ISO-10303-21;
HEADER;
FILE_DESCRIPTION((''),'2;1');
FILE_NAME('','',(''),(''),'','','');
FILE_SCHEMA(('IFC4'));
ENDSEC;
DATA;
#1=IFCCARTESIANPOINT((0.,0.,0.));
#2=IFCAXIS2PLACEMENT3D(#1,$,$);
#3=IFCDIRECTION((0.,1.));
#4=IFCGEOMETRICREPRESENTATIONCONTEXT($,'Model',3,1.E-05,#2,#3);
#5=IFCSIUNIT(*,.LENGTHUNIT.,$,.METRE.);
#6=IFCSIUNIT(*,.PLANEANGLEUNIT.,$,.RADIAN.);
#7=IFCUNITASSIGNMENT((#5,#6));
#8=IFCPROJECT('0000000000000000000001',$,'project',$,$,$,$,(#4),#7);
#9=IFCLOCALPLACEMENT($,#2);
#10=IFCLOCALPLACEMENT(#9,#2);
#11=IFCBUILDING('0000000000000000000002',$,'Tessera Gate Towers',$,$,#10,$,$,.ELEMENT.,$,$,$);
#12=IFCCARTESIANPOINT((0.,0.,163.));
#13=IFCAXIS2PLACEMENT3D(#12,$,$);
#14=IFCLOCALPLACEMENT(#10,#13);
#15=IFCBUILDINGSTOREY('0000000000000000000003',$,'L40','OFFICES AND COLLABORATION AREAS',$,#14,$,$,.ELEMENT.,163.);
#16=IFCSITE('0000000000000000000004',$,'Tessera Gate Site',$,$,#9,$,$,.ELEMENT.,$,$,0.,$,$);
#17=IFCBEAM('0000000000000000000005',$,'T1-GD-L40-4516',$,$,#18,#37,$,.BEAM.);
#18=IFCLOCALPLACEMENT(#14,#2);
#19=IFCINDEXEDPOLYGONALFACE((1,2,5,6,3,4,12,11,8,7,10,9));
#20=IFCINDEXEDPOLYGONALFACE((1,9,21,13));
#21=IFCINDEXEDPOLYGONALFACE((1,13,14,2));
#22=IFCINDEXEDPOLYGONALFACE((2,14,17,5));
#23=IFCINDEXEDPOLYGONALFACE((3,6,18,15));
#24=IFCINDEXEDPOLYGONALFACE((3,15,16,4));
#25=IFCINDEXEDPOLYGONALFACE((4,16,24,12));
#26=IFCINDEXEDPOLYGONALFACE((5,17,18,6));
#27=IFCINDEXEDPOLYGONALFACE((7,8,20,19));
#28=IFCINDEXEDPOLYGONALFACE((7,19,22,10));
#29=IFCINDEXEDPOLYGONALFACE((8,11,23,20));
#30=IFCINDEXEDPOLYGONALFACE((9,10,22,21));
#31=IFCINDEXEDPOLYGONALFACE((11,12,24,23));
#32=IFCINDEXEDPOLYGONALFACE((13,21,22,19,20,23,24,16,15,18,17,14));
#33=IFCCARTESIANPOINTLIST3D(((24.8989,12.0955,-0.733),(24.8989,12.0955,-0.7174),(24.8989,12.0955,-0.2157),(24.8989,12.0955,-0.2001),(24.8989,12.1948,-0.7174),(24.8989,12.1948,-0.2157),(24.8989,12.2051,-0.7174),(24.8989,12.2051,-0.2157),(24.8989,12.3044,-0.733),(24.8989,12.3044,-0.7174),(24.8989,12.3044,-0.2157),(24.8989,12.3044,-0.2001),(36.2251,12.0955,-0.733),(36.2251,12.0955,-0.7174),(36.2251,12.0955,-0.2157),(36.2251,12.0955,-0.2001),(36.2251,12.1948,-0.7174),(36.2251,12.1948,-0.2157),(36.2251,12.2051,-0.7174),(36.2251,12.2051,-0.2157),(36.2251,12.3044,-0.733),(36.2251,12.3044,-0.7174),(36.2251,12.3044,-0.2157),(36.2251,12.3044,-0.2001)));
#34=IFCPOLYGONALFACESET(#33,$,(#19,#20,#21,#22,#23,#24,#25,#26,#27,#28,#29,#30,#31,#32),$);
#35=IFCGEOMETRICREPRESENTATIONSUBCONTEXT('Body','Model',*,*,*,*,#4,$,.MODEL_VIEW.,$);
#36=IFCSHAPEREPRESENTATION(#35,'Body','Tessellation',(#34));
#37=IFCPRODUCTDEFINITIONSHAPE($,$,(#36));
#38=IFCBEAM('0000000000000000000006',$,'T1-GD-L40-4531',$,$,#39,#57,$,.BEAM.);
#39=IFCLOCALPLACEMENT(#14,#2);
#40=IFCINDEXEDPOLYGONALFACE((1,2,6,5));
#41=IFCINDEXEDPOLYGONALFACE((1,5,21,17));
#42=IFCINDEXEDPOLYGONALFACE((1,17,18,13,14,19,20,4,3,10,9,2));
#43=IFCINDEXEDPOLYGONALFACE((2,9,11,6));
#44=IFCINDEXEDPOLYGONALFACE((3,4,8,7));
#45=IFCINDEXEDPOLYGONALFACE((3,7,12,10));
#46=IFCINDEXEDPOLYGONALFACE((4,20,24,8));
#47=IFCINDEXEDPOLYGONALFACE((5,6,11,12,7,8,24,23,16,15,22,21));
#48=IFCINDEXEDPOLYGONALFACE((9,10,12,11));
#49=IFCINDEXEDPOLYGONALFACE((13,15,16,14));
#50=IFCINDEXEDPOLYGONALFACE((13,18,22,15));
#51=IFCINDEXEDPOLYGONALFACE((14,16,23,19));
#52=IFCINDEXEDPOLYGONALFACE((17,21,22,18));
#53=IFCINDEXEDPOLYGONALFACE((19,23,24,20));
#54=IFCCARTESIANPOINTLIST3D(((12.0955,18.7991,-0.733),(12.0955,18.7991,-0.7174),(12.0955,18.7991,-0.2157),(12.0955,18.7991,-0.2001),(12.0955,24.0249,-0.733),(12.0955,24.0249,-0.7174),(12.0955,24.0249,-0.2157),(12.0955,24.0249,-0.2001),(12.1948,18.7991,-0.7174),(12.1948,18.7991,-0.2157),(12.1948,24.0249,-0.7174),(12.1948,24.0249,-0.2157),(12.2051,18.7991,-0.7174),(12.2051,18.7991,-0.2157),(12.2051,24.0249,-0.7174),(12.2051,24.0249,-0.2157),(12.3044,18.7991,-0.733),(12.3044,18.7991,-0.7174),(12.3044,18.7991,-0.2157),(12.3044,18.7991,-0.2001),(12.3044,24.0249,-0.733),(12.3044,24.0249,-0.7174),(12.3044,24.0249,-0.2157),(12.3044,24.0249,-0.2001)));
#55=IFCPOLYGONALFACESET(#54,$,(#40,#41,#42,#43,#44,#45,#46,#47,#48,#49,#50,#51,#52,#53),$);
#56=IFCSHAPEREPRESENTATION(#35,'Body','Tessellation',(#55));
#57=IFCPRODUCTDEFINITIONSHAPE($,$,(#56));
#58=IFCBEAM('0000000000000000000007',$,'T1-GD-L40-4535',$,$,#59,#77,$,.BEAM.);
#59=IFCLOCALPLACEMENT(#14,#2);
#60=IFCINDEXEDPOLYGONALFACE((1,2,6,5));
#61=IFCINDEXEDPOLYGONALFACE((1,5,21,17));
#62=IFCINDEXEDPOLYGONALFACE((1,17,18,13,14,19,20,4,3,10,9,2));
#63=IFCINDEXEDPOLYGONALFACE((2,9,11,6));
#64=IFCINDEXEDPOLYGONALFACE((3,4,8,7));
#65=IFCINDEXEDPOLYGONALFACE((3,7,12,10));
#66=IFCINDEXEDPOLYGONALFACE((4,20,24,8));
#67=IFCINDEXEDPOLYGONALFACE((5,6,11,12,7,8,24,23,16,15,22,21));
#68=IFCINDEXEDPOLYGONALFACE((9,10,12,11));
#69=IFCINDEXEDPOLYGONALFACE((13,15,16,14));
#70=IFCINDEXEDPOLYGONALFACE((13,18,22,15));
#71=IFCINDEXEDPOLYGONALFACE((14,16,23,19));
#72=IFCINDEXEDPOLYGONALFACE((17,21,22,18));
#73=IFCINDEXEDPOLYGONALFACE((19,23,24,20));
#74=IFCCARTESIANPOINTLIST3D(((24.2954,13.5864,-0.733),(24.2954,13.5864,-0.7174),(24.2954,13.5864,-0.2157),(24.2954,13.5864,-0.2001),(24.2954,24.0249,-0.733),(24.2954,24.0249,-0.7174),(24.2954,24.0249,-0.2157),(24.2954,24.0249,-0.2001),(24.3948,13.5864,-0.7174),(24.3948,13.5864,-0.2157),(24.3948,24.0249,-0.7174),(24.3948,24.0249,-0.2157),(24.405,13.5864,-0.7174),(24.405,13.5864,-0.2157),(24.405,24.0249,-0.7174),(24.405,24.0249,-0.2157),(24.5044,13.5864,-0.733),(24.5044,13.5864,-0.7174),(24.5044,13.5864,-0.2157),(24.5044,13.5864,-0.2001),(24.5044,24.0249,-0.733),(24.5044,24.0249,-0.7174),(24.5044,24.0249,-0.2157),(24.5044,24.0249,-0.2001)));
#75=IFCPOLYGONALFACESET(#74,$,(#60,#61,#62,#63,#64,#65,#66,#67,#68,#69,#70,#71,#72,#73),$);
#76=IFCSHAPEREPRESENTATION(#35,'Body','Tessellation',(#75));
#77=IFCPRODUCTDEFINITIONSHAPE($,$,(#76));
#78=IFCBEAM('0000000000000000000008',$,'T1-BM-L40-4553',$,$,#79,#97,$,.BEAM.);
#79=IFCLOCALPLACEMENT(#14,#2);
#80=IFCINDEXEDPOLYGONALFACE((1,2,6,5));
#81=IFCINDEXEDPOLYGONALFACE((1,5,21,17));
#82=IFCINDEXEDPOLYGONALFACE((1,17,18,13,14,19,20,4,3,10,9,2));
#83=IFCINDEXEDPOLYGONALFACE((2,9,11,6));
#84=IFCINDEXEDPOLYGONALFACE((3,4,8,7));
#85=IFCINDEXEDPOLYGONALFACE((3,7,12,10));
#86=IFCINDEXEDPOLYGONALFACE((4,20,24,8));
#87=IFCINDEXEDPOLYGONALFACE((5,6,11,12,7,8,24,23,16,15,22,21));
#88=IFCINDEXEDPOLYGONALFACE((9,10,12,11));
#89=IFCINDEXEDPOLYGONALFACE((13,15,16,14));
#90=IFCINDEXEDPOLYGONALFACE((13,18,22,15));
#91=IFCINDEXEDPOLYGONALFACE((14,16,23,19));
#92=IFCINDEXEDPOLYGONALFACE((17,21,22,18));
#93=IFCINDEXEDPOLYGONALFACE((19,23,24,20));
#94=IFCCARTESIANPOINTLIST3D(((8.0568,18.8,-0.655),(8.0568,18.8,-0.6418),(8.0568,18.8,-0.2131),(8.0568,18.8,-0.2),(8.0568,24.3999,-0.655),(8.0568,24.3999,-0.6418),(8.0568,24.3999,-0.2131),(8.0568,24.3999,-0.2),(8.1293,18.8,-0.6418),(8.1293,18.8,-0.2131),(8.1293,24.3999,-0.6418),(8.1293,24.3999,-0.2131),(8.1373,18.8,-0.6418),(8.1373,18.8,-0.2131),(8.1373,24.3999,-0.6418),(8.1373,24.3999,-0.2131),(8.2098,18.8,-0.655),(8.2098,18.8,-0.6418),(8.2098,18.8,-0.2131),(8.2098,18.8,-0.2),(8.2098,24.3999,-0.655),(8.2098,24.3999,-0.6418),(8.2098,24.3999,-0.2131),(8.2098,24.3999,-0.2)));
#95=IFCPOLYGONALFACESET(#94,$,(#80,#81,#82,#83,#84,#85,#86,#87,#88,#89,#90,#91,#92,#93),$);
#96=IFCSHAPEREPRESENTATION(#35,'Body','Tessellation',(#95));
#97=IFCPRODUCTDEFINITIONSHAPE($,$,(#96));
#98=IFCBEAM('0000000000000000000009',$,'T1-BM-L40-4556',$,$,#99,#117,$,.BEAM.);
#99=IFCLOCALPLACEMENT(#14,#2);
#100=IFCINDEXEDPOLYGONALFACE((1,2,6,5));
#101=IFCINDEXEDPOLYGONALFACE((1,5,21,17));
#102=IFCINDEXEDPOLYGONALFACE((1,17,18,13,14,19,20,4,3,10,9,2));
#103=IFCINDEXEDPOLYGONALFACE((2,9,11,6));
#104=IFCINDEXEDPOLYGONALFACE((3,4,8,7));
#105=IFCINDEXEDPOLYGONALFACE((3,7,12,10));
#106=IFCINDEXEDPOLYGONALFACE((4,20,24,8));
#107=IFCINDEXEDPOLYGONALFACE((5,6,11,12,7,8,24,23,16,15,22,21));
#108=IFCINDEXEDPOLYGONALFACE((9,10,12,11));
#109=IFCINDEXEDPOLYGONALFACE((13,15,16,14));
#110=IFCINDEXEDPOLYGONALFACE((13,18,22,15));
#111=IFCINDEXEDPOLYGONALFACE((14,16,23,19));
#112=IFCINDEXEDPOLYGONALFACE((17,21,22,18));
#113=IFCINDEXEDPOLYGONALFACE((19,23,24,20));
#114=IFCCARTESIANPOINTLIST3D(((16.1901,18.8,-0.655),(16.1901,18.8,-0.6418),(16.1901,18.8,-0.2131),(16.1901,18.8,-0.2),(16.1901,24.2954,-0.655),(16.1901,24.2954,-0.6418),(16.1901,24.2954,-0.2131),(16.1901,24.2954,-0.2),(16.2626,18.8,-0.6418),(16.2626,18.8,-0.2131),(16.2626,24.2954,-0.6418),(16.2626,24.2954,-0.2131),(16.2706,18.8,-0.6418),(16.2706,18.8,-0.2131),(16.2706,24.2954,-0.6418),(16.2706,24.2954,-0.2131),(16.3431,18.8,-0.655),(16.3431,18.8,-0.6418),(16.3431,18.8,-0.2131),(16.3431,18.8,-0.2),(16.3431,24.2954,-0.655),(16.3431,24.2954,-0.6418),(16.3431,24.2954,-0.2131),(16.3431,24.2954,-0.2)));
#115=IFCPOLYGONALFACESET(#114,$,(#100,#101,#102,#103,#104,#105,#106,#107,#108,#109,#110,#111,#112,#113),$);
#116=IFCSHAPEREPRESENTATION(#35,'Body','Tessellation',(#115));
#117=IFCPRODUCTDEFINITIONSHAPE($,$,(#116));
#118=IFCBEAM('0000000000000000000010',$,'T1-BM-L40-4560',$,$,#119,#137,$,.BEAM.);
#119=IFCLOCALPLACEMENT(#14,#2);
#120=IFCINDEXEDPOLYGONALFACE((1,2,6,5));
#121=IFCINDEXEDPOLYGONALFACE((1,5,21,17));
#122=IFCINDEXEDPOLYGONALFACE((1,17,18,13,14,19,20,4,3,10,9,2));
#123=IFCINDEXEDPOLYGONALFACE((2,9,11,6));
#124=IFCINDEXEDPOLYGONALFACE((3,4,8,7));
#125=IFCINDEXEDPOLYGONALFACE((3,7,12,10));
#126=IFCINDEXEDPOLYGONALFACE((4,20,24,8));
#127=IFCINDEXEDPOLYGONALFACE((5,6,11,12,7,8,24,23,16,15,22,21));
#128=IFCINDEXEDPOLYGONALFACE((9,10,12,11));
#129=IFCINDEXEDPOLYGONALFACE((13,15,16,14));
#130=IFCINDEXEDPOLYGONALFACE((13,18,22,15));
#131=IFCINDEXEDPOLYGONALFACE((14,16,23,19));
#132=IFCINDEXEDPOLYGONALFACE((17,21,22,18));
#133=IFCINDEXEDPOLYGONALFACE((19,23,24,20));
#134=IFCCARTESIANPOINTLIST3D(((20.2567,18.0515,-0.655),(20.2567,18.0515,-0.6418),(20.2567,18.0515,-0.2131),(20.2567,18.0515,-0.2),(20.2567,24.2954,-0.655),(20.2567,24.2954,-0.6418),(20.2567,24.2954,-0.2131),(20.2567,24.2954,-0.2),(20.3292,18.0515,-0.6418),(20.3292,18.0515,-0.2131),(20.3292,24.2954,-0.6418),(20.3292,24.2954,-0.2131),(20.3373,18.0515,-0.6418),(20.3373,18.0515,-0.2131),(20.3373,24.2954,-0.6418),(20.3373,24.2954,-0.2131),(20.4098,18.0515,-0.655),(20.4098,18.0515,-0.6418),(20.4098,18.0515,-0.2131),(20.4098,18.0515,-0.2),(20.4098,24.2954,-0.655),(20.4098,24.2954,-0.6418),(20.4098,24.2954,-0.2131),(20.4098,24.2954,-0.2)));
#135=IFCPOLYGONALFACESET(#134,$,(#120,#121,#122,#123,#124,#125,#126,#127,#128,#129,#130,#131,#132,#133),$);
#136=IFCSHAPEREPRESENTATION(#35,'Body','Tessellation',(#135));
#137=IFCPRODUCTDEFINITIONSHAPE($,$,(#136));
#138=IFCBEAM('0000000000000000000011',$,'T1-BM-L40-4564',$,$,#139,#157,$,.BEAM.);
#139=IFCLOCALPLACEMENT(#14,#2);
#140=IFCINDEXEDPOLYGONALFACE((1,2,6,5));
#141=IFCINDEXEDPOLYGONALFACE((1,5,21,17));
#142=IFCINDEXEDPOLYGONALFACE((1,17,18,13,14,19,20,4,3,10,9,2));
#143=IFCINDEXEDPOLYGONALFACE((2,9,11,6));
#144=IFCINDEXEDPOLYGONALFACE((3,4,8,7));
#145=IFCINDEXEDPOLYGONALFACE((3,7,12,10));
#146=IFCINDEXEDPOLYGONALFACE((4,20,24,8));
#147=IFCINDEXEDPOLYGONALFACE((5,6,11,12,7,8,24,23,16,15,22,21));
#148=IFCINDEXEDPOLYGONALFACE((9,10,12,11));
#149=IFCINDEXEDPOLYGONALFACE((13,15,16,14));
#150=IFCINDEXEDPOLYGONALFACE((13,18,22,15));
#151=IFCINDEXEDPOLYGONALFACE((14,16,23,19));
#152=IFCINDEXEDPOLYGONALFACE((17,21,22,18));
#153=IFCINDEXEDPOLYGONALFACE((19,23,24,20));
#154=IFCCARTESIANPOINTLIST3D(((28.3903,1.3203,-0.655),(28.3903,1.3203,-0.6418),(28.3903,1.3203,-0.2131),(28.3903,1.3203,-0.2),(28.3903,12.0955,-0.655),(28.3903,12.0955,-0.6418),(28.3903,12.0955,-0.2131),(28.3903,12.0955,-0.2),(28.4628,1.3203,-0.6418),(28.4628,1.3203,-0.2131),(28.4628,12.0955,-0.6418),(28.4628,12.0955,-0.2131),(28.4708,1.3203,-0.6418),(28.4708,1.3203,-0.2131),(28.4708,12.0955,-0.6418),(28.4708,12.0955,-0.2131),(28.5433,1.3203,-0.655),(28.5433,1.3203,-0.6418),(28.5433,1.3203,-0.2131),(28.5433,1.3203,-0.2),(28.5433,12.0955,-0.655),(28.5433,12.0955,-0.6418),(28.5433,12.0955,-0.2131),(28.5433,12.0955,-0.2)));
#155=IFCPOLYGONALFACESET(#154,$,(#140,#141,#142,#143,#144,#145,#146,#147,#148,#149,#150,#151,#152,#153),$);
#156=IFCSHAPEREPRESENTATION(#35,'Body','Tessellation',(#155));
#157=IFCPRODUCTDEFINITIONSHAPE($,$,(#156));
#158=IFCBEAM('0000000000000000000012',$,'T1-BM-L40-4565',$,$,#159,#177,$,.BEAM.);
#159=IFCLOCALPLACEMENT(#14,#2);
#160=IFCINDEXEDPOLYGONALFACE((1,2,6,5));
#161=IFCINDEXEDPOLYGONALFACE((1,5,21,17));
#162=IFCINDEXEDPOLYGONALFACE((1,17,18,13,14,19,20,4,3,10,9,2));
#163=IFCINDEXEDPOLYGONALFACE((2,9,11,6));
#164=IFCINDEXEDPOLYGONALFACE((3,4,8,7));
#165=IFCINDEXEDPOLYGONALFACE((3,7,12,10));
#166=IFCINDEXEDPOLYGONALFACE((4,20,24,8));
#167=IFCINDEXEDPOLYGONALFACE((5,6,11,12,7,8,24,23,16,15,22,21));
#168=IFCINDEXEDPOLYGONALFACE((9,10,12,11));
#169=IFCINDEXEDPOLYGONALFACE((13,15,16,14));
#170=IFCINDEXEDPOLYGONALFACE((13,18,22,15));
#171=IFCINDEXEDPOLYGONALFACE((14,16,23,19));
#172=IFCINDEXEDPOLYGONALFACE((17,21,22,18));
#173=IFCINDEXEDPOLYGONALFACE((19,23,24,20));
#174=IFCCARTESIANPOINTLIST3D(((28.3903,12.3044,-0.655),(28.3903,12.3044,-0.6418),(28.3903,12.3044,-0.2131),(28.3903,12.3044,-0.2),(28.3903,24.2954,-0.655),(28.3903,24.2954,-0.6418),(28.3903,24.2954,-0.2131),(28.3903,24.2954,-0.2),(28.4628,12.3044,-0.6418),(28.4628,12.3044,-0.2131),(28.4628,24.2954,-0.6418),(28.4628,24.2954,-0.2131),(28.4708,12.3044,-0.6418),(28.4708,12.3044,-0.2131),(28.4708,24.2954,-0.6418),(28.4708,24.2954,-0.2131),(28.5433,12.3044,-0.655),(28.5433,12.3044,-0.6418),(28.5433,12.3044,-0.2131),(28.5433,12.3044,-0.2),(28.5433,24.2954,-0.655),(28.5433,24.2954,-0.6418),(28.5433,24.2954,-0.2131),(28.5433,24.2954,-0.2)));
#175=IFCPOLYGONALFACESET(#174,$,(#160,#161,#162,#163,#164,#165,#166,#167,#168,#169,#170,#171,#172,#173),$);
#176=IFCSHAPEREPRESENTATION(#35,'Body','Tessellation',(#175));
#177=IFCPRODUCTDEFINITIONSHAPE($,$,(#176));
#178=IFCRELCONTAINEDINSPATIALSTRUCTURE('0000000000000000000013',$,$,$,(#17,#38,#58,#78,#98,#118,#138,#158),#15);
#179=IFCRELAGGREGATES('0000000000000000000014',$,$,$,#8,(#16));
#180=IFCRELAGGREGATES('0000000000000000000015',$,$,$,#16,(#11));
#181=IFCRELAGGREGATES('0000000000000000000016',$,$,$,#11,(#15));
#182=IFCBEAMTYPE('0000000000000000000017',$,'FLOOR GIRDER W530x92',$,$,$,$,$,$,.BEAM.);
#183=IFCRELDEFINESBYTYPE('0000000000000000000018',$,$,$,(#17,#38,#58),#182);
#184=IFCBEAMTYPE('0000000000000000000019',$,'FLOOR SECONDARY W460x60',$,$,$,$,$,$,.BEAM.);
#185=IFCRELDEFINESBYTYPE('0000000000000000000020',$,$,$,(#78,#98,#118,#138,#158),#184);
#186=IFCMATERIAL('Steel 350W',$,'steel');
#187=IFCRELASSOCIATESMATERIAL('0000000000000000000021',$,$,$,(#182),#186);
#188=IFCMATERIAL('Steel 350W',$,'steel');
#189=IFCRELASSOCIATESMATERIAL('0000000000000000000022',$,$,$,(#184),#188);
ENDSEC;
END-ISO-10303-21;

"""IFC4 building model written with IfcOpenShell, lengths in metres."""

from ifc_helpers import new_model, si_unit, direction, frame, origin, origin_2d, place, context, subcontext, project, spatial, i_section, extrude, material, material_profile, profile_set, type_object, element, save


model = new_model("IFC4")

# Units and contexts
model_context = context("Model", 3, precision=1e-05, world=origin(), true_north=direction((0.0, 1.0)))
body_context = subcontext(model_context, "Body", "Model", "MODEL_VIEW")
ifc_project = project(units=[si_unit("LENGTHUNIT", "METRE"), si_unit("PLANEANGLEUNIT", "RADIAN")], contexts=[model_context])

# Site, building, storey
site_placement = place(None, origin())
site = spatial("IfcSite", under=ifc_project, at=site_placement, Name="Tessera Gate Site", CompositionType="ELEMENT", RefElevation=0.0)
building_placement = place(site_placement, origin())
building = spatial("IfcBuilding", under=site, at=building_placement, Name="Tessera Gate Towers", CompositionType="ELEMENT")
storey_placement = place(building_placement, frame((0.0, 0.0, 163.0)))
storey = spatial("IfcBuildingStorey", under=building, at=storey_placement, Name="L40", Description="OFFICES AND COLLABORATION AREAS", CompositionType="ELEMENT", Elevation=163.0)

# Beams
ifc_material_1 = material(Name="Steel 350W", Category="steel")
ifc_material_profile_1 = material_profile(ifc_material_1, i_section(OverallWidth=0.209, OverallDepth=0.533, WebThickness=0.0103, FlangeThickness=0.0156, at=origin_2d()), Name="W530x92")
ifc_profile_set_1 = profile_set([ifc_material_profile_1], Name="Steel 350W")
beam_type_1 = type_object("IfcBeamType", Name="FLOOR GIRDER W530x92", PredefinedType="BEAM", material=ifc_profile_set_1)
beam_1_placement = place(storey_placement, frame((24.8989, 12.2, -0.4666), z_axis=(1.0, 0.0, 0.0), x_axis=(0.0, 1.0, 0.0)))
element("IfcBeam", 1, at=beam_1_placement, inside=storey, type_object=beam_type_1, Name="T1-GD-L40-4516", PredefinedType="BEAM", context=body_context, shape_type="SweptSolid", body=[
    extrude(i_section(OverallWidth=0.209, OverallDepth=0.533, WebThickness=0.0103, FlangeThickness=0.0156, at=origin_2d()), origin(), (0.0, 0.0, 1.0), 11.3262),
])
beam_2_placement = place(storey_placement, frame((12.2, 18.7991, -0.4666), z_axis=(0.0, 1.0, 0.0), x_axis=(-1.0, 0.0, 0.0)))
element("IfcBeam", 2, at=beam_2_placement, inside=storey, type_object=beam_type_1, Name="T1-GD-L40-4531", PredefinedType="BEAM", context=body_context, shape_type="SweptSolid", body=[
    extrude(i_section(OverallWidth=0.209, OverallDepth=0.533, WebThickness=0.0103, FlangeThickness=0.0156, at=origin_2d()), origin(), (0.0, 0.0, 1.0), 5.2258),
])
beam_3_placement = place(storey_placement, frame((24.3999, 13.5864, -0.4666), z_axis=(0.0, 1.0, 0.0), x_axis=(-1.0, 0.0, 0.0)))
element("IfcBeam", 3, at=beam_3_placement, inside=storey, type_object=beam_type_1, Name="T1-GD-L40-4535", PredefinedType="BEAM", context=body_context, shape_type="SweptSolid", body=[
    extrude(i_section(OverallWidth=0.209, OverallDepth=0.533, WebThickness=0.0103, FlangeThickness=0.0156, at=origin_2d()), origin(), (0.0, 0.0, 1.0), 10.4385),
])
ifc_material_2 = material(Name="Steel 350W", Category="steel")
ifc_material_profile_2 = material_profile(ifc_material_2, i_section(OverallWidth=0.1531, OverallDepth=0.4551, WebThickness=0.0081, FlangeThickness=0.0132, at=origin_2d()), Name="W460x60")
ifc_profile_set_2 = profile_set([ifc_material_profile_2], Name="Steel 350W")
beam_type_2 = type_object("IfcBeamType", Name="FLOOR SECONDARY W460x60", PredefinedType="BEAM", material=ifc_profile_set_2)
beam_4_placement = place(storey_placement, frame((8.1333, 18.8, -0.4275), z_axis=(0.0, 1.0, 0.0), x_axis=(-1.0, 0.0, 0.0)))
element("IfcBeam", 4, at=beam_4_placement, inside=storey, type_object=beam_type_2, Name="T1-BM-L40-4553", PredefinedType="BEAM", context=body_context, shape_type="SweptSolid", body=[
    extrude(i_section(OverallWidth=0.1531, OverallDepth=0.4551, WebThickness=0.0081, FlangeThickness=0.0132, at=origin_2d()), origin(), (0.0, 0.0, 1.0), 5.5999),
])
beam_5_placement = place(storey_placement, frame((16.2666, 18.8, -0.4275), z_axis=(0.0, 1.0, 0.0), x_axis=(-1.0, 0.0, 0.0)))
element("IfcBeam", 5, at=beam_5_placement, inside=storey, type_object=beam_type_2, Name="T1-BM-L40-4556", PredefinedType="BEAM", context=body_context, shape_type="SweptSolid", body=[
    extrude(i_section(OverallWidth=0.1531, OverallDepth=0.4551, WebThickness=0.0081, FlangeThickness=0.0132, at=origin_2d()), origin(), (0.0, 0.0, 1.0), 5.4954),
])
beam_6_placement = place(storey_placement, frame((20.3333, 18.0515, -0.4275), z_axis=(0.0, 1.0, 0.0), x_axis=(-1.0, 0.0, 0.0)))
element("IfcBeam", 6, at=beam_6_placement, inside=storey, type_object=beam_type_2, Name="T1-BM-L40-4560", PredefinedType="BEAM", context=body_context, shape_type="SweptSolid", body=[
    extrude(i_section(OverallWidth=0.1531, OverallDepth=0.4551, WebThickness=0.0081, FlangeThickness=0.0132, at=origin_2d()), origin(), (0.0, 0.0, 1.0), 6.2439),
])
beam_7_placement = place(storey_placement, frame((28.4668, 1.3203, -0.4275), z_axis=(0.0, 1.0, 0.0), x_axis=(-1.0, 0.0, 0.0)))
element("IfcBeam", 7, at=beam_7_placement, inside=storey, type_object=beam_type_2, Name="T1-BM-L40-4564", PredefinedType="BEAM", context=body_context, shape_type="SweptSolid", body=[
    extrude(i_section(OverallWidth=0.1531, OverallDepth=0.4551, WebThickness=0.0081, FlangeThickness=0.0132, at=origin_2d()), origin(), (0.0, 0.0, 1.0), 10.7751),
])
beam_8_placement = place(storey_placement, frame((28.4668, 12.3044, -0.4275), z_axis=(0.0, 1.0, 0.0), x_axis=(-1.0, 0.0, 0.0)))
element("IfcBeam", 8, at=beam_8_placement, inside=storey, type_object=beam_type_2, Name="T1-BM-L40-4565", PredefinedType="BEAM", context=body_context, shape_type="SweptSolid", body=[
    extrude(i_section(OverallWidth=0.1531, OverallDepth=0.4551, WebThickness=0.0081, FlangeThickness=0.0132, at=origin_2d()), origin(), (0.0, 0.0, 1.0), 11.991),
])

save(model, "model.ifc")
